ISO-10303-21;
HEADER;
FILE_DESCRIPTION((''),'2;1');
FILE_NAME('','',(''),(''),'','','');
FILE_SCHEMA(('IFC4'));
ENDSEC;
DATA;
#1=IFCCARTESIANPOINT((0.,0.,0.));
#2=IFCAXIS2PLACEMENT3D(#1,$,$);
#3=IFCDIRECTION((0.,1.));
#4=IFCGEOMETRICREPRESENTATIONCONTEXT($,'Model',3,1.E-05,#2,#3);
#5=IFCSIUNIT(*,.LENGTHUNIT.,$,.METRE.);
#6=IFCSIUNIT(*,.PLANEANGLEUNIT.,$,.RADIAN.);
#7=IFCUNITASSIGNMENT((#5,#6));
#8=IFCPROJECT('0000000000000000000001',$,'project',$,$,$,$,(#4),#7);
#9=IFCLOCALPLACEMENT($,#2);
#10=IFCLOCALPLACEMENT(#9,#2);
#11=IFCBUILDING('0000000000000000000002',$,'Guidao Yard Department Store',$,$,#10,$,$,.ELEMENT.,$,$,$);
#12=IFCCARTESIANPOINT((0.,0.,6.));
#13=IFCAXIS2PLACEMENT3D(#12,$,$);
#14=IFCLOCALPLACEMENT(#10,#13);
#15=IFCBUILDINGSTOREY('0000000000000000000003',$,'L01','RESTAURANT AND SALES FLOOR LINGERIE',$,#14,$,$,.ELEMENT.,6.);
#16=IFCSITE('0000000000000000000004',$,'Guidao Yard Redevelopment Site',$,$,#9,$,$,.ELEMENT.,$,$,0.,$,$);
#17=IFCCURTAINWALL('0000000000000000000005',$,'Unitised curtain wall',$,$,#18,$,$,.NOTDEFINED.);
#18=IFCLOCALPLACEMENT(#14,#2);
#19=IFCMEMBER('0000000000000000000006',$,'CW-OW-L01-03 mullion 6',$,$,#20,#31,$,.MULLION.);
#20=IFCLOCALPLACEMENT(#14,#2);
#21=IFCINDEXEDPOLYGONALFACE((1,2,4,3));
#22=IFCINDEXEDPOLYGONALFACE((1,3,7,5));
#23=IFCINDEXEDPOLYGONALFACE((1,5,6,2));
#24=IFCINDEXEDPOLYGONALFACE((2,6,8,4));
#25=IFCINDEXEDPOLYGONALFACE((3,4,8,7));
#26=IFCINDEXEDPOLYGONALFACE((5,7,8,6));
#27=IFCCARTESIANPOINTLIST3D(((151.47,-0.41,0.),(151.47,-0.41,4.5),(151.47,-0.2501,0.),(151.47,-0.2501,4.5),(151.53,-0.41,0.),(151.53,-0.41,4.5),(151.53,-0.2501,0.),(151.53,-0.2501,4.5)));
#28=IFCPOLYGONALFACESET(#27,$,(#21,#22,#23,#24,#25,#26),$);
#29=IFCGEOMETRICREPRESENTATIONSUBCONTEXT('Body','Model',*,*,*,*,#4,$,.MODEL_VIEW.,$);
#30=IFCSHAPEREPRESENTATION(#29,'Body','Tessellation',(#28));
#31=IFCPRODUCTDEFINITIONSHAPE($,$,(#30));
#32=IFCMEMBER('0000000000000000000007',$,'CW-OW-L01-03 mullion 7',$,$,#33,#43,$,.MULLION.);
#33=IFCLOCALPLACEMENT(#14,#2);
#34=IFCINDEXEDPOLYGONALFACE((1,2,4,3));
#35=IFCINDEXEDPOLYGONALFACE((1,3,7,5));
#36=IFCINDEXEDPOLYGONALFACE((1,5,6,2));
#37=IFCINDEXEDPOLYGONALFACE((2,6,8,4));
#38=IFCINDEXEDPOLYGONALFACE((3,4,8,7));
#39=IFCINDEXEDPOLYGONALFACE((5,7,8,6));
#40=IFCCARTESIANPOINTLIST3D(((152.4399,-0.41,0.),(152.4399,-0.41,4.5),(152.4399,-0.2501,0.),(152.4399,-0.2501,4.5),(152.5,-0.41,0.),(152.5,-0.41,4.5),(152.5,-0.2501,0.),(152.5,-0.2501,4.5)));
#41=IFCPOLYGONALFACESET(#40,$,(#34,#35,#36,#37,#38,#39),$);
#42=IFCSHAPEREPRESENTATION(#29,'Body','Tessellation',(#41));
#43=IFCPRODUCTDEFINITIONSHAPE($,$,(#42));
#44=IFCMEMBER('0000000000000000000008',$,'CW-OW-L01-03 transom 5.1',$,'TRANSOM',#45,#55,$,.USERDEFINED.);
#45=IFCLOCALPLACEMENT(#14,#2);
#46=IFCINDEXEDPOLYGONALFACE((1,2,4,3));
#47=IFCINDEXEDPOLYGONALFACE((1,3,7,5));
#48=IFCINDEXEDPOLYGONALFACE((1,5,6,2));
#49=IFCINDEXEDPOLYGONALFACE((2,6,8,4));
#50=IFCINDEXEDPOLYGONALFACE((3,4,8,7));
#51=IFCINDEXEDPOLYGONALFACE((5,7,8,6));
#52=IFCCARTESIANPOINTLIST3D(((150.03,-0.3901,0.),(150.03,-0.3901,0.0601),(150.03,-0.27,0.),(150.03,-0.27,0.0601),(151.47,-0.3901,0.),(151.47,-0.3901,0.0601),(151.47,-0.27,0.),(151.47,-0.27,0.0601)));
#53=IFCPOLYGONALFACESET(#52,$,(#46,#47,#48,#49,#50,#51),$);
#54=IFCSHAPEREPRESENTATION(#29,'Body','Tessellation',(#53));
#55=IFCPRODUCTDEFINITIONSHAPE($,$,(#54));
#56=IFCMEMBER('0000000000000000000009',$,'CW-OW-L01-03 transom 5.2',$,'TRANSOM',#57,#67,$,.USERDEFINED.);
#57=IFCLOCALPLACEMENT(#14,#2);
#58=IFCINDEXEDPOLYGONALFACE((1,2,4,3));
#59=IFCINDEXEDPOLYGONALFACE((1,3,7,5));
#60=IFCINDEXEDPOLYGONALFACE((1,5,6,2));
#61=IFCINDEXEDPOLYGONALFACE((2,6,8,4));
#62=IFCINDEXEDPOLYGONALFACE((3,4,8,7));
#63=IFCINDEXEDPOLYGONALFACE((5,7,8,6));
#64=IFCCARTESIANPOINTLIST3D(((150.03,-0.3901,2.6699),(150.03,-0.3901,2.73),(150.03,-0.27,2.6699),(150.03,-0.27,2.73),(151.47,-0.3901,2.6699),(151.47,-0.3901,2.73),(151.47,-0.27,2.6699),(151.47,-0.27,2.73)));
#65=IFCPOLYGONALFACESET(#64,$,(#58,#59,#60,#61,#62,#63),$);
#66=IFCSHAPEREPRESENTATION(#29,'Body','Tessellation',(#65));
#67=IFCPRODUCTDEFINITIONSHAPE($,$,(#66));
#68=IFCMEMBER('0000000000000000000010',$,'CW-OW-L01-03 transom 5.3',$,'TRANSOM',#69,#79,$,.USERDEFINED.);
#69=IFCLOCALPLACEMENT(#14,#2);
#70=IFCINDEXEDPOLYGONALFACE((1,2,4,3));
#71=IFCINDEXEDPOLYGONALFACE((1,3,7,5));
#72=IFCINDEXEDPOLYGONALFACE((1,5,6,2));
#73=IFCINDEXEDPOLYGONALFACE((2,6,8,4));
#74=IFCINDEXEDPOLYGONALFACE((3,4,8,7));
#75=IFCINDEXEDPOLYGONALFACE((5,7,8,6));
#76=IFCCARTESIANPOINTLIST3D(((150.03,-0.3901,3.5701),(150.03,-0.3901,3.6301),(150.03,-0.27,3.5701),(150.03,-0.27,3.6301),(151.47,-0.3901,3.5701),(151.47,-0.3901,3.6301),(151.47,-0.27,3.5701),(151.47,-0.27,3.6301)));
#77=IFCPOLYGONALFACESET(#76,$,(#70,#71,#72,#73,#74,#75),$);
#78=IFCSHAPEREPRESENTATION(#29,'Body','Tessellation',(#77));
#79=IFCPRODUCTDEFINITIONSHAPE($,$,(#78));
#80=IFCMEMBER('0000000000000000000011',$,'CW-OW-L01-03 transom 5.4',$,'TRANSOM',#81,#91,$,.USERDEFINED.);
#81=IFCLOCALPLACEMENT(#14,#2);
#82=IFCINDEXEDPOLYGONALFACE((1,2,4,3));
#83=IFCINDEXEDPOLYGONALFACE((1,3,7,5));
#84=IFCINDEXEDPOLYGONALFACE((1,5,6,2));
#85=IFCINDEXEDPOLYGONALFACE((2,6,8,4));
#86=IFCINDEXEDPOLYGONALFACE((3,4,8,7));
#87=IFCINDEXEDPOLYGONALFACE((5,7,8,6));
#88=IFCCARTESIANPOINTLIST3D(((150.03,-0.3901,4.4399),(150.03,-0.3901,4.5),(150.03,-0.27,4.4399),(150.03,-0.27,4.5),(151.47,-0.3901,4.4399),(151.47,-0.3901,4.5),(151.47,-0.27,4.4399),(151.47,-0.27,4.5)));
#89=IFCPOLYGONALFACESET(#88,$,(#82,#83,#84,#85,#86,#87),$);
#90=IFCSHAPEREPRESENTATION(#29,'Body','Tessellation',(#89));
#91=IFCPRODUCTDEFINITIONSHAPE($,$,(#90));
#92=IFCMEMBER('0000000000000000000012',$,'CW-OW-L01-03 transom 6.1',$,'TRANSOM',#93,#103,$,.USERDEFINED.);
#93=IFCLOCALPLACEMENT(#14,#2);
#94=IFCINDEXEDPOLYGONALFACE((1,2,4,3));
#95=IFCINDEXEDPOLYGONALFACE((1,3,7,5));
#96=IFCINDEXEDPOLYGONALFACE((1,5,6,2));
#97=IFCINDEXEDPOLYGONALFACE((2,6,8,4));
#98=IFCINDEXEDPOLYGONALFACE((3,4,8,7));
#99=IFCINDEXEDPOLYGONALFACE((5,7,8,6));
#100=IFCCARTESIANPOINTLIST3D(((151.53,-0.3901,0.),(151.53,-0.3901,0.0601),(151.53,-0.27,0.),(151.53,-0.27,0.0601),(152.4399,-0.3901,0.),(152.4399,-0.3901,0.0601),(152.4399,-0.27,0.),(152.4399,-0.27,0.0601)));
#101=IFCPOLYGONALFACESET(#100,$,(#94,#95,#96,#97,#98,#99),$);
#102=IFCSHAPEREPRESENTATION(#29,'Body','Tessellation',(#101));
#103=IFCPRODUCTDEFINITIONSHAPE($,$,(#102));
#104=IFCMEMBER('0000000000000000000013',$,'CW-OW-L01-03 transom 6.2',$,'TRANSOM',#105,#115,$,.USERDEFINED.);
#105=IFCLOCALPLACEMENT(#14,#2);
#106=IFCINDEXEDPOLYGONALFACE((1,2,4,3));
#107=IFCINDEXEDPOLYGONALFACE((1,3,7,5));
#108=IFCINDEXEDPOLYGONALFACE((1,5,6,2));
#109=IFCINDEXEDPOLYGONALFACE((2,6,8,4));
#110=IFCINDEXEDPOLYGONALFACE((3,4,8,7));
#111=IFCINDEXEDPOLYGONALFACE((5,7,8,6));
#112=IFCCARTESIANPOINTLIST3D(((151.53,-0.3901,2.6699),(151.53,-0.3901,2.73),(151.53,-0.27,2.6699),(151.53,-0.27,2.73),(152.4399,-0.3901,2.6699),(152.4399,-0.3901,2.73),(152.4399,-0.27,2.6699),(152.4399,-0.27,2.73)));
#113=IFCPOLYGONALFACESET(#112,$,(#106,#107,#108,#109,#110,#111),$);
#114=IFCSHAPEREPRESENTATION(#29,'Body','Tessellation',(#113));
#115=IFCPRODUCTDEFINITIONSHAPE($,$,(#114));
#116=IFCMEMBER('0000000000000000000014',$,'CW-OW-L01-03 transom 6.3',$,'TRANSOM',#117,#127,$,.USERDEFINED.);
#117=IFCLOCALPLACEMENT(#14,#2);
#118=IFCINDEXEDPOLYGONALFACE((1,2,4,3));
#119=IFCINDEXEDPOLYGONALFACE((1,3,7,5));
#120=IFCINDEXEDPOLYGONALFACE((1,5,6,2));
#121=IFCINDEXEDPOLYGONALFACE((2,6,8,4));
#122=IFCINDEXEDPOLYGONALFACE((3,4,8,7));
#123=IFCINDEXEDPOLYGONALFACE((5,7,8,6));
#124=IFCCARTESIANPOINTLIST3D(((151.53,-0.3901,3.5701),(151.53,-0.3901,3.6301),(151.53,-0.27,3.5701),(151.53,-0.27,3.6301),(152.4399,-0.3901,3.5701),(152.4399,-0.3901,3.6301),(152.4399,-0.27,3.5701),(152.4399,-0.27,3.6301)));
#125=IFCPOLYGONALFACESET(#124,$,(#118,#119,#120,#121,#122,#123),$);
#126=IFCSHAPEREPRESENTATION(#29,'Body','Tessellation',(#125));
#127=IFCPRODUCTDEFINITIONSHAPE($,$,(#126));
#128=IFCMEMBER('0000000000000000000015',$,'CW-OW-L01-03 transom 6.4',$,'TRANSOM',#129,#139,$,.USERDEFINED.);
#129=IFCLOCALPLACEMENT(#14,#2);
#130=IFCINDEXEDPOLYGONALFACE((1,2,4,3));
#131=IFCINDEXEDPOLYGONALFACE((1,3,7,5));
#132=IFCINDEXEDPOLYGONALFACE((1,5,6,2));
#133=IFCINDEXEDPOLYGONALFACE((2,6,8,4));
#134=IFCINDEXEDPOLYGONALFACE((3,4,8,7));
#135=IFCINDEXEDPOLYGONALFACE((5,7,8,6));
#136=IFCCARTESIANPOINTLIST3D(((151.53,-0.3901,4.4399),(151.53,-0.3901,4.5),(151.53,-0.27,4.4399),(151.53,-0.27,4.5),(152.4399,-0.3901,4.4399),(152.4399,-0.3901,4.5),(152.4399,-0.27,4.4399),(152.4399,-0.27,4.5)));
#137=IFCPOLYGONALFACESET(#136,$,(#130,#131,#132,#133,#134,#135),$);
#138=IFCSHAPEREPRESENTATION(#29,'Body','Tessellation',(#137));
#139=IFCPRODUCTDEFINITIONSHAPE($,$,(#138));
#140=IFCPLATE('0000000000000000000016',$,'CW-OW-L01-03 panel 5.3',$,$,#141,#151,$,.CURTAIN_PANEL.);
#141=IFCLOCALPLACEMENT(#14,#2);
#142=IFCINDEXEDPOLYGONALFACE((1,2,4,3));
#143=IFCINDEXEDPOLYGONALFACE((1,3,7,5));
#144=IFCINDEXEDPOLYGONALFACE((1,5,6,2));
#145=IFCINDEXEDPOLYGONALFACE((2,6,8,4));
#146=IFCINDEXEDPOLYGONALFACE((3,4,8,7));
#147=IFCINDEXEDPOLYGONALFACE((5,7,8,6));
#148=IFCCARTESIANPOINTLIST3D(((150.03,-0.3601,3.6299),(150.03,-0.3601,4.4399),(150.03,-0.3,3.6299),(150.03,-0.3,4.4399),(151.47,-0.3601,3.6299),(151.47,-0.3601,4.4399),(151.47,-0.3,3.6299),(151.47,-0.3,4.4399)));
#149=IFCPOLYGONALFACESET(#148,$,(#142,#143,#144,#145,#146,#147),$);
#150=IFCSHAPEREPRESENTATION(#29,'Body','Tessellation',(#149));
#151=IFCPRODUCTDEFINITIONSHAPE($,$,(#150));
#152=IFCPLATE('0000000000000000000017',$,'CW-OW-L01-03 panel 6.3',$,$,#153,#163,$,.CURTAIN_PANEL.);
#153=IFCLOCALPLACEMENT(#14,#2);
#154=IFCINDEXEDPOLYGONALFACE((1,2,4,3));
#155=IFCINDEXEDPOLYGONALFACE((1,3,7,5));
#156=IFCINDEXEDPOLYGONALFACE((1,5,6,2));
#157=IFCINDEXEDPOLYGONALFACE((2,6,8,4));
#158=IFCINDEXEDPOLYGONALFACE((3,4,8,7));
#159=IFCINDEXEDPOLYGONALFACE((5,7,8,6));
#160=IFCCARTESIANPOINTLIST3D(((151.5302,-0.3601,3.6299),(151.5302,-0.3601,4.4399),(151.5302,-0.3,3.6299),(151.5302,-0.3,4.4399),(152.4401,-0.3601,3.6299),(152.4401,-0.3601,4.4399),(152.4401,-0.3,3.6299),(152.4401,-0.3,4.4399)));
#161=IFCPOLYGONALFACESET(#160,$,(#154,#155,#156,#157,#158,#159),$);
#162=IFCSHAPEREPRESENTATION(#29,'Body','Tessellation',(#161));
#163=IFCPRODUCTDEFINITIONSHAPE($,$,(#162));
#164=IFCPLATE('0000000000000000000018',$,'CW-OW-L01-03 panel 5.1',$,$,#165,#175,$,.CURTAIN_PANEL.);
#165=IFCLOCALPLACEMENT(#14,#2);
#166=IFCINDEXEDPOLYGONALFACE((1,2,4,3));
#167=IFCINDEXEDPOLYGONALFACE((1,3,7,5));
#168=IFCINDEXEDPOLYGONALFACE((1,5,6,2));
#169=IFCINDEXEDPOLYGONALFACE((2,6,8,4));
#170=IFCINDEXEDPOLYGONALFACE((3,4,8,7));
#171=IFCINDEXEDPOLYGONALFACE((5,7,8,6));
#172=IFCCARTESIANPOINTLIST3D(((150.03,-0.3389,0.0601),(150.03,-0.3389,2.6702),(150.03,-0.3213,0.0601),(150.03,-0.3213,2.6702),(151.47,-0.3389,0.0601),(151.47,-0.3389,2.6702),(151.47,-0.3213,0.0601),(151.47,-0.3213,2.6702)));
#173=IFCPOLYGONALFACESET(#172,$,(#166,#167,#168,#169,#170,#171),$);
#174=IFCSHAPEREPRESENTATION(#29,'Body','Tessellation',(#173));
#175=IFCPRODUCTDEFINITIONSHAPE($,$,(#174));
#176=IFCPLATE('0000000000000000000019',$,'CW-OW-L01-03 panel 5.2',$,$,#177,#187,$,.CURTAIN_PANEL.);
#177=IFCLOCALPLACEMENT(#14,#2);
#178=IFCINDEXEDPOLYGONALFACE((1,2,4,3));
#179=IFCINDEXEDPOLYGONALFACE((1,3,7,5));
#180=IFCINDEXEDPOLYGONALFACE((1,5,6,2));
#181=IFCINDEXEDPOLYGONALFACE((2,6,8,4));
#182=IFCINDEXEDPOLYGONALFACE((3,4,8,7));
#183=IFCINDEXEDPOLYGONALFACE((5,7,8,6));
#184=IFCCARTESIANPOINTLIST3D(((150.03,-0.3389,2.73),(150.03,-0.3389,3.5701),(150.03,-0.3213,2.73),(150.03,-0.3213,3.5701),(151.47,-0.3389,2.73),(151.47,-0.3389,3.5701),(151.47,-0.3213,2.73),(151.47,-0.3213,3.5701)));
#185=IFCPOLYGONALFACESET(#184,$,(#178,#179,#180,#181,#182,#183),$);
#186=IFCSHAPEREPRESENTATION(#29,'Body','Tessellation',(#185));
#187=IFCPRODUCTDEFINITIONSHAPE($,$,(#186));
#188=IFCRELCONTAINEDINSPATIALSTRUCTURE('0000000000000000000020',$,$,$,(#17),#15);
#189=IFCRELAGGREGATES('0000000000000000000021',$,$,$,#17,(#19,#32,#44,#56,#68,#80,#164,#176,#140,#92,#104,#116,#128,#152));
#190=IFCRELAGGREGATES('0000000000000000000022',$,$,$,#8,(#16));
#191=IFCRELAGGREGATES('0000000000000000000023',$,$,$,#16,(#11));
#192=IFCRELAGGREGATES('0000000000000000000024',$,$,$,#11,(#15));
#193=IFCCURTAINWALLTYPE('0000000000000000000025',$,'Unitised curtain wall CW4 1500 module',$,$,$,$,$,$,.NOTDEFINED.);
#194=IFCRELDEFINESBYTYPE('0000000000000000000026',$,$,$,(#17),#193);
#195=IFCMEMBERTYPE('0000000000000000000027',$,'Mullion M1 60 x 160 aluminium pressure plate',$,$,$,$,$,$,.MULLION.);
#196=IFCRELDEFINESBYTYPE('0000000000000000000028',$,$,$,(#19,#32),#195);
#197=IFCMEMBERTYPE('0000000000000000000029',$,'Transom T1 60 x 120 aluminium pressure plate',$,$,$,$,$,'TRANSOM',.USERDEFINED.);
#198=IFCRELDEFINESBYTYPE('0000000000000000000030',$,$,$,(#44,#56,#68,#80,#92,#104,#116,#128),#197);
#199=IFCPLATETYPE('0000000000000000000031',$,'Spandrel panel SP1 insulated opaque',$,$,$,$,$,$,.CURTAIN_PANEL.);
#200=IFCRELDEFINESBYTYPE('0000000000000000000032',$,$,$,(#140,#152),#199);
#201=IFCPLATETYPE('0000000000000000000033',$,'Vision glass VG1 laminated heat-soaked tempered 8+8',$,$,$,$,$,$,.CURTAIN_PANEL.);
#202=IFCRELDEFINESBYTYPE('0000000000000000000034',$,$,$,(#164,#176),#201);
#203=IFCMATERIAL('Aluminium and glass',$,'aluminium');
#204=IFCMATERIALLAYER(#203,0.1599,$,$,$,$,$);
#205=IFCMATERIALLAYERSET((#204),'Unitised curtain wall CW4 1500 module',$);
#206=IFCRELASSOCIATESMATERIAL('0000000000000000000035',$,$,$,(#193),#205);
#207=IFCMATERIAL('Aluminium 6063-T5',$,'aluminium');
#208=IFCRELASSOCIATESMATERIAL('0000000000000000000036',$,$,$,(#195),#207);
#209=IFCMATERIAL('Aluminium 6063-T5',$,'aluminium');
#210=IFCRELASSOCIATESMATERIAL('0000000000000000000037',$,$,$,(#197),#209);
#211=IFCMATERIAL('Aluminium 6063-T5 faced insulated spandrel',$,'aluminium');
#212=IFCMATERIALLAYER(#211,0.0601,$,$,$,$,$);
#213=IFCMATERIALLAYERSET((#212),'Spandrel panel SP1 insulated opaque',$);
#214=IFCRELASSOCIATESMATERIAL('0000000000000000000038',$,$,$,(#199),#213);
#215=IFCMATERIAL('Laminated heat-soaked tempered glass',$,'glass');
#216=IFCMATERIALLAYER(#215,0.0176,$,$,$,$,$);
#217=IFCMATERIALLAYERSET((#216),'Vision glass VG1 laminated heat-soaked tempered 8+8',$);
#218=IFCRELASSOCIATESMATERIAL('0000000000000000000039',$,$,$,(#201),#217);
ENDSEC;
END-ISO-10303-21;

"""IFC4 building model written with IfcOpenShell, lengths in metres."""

from ifc_helpers import new_model, si_unit, direction, frame, origin, origin_2d, place, context, subcontext, project, spatial, rectangle, extrude, material, layer, layer_set, material_profile, profile_set, type_object, element, aggregate, save


model = new_model("IFC4")

# Units and contexts
model_context = context("Model", 3, precision=1e-05, world=origin(), true_north=direction((0.0, 1.0)))
body_context = subcontext(model_context, "Body", "Model", "MODEL_VIEW")
ifc_project = project(units=[si_unit("LENGTHUNIT", "METRE"), si_unit("PLANEANGLEUNIT", "RADIAN")], contexts=[model_context])

# Site, building, storey
site_placement = place(None, origin())
site = spatial("IfcSite", under=ifc_project, at=site_placement, Name="Guidao Yard Redevelopment Site", CompositionType="ELEMENT", RefElevation=0.0)
building_placement = place(site_placement, origin())
building = spatial("IfcBuilding", under=site, at=building_placement, Name="Guidao Yard Department Store", CompositionType="ELEMENT")
storey_placement = place(building_placement, frame((0.0, 0.0, 6.0)))
storey = spatial("IfcBuildingStorey", under=building, at=storey_placement, Name="L01", Description="RESTAURANT AND SALES FLOOR LINGERIE", CompositionType="ELEMENT", Elevation=6.0)

# Curtain wall, members, plates
ifc_material_1 = material(Name="Aluminium and glass", Category="aluminium")
ifc_layer_1 = layer(ifc_material_1, 0.1599)
ifc_layer_set_1 = layer_set([ifc_layer_1], Name="Unitised curtain wall CW4 1500 module")
curtain_wall_type = type_object("IfcCurtainWallType", Name="Unitised curtain wall CW4 1500 module", PredefinedType="NOTDEFINED", material=ifc_layer_set_1)
curtain_wall_placement = place(storey_placement, origin())
curtain_wall = element("IfcCurtainWall", 1, at=curtain_wall_placement, inside=storey, type_object=curtain_wall_type, Name="Unitised curtain wall", PredefinedType="NOTDEFINED")
ifc_material_2 = material(Name="Aluminium 6063-T5", Category="aluminium")
ifc_material_profile_1 = material_profile(ifc_material_2, rectangle(XDim=0.0601, YDim=0.1599, at=origin_2d()), Name="Mullion M1 60 x 160 aluminium pressure plate")
ifc_profile_set_1 = profile_set([ifc_material_profile_1], Name="Aluminium 6063-T5")
member_type_1 = type_object("IfcMemberType", Name="Mullion M1 60 x 160 aluminium pressure plate", PredefinedType="MULLION", material=ifc_profile_set_1)
member_1_placement = place(storey_placement, frame((151.5, -0.3301, 0.0), z_axis=(0.0, 0.0, 1.0), x_axis=(-1.0, 0.0, 0.0)))
member_1 = element("IfcMember", 2, at=member_1_placement, type_object=member_type_1, Name="CW-OW-L01-03 mullion 6", PredefinedType="MULLION", context=body_context, shape_type="SweptSolid", body=[
    extrude(rectangle(XDim=0.0601, YDim=0.1599, at=origin_2d()), origin(), (0.0, 0.0, 1.0), 4.5),
])
member_2_placement = place(storey_placement, frame((152.47, -0.3301, 0.0), z_axis=(0.0, 0.0, 1.0), x_axis=(-1.0, 0.0, 0.0)))
member_2 = element("IfcMember", 3, at=member_2_placement, type_object=member_type_1, Name="CW-OW-L01-03 mullion 7", PredefinedType="MULLION", context=body_context, shape_type="SweptSolid", body=[
    extrude(rectangle(XDim=0.0601, YDim=0.1599, at=origin_2d()), origin(), (0.0, 0.0, 1.0), 4.5),
])
ifc_material_3 = material(Name="Aluminium 6063-T5", Category="aluminium")
ifc_material_profile_2 = material_profile(ifc_material_3, rectangle(XDim=0.1201, YDim=0.0601, at=origin_2d()), Name="Transom T1 60 x 120 aluminium pressure plate")
ifc_profile_set_2 = profile_set([ifc_material_profile_2], Name="Aluminium 6063-T5")
member_type_2 = type_object("IfcMemberType", Name="Transom T1 60 x 120 aluminium pressure plate", ElementType="TRANSOM", PredefinedType="USERDEFINED", material=ifc_profile_set_2)
member_3_placement = place(storey_placement, frame((151.47, -0.3301, 0.03), z_axis=(-1.0, 0.0, 0.0), x_axis=(0.0, -1.0, 0.0)))
member_3 = element("IfcMember", 4, at=member_3_placement, type_object=member_type_2, Name="CW-OW-L01-03 transom 5.1", ObjectType="TRANSOM", PredefinedType="USERDEFINED", context=body_context, shape_type="SweptSolid", body=[
    extrude(rectangle(XDim=0.1201, YDim=0.0601, at=origin_2d()), origin(), (0.0, 0.0, 1.0), 1.4399),
])
member_4_placement = place(storey_placement, frame((151.47, -0.3301, 2.7), z_axis=(-1.0, 0.0, 0.0), x_axis=(0.0, -1.0, 0.0)))
member_4 = element("IfcMember", 5, at=member_4_placement, type_object=member_type_2, Name="CW-OW-L01-03 transom 5.2", ObjectType="TRANSOM", PredefinedType="USERDEFINED", context=body_context, shape_type="SweptSolid", body=[
    extrude(rectangle(XDim=0.1201, YDim=0.0601, at=origin_2d()), origin(), (0.0, 0.0, 1.0), 1.4399),
])
member_5_placement = place(storey_placement, frame((151.47, -0.3301, 3.6001), z_axis=(-1.0, 0.0, 0.0), x_axis=(0.0, -1.0, 0.0)))
member_5 = element("IfcMember", 6, at=member_5_placement, type_object=member_type_2, Name="CW-OW-L01-03 transom 5.3", ObjectType="TRANSOM", PredefinedType="USERDEFINED", context=body_context, shape_type="SweptSolid", body=[
    extrude(rectangle(XDim=0.1201, YDim=0.0601, at=origin_2d()), origin(), (0.0, 0.0, 1.0), 1.4399),
])
member_6_placement = place(storey_placement, frame((151.47, -0.3301, 4.47), z_axis=(-1.0, 0.0, 0.0), x_axis=(0.0, -1.0, 0.0)))
member_6 = element("IfcMember", 7, at=member_6_placement, type_object=member_type_2, Name="CW-OW-L01-03 transom 5.4", ObjectType="TRANSOM", PredefinedType="USERDEFINED", context=body_context, shape_type="SweptSolid", body=[
    extrude(rectangle(XDim=0.1201, YDim=0.0601, at=origin_2d()), origin(), (0.0, 0.0, 1.0), 1.4399),
])
member_7_placement = place(storey_placement, frame((152.4399, -0.3301, 0.03), z_axis=(-1.0, 0.0, 0.0), x_axis=(0.0, -1.0, 0.0)))
member_7 = element("IfcMember", 8, at=member_7_placement, type_object=member_type_2, Name="CW-OW-L01-03 transom 6.1", ObjectType="TRANSOM", PredefinedType="USERDEFINED", context=body_context, shape_type="SweptSolid", body=[
    extrude(rectangle(XDim=0.1201, YDim=0.0601, at=origin_2d()), origin(), (0.0, 0.0, 1.0), 0.9099),
])
member_8_placement = place(storey_placement, frame((152.4399, -0.3301, 2.7), z_axis=(-1.0, 0.0, 0.0), x_axis=(0.0, -1.0, 0.0)))
member_8 = element("IfcMember", 9, at=member_8_placement, type_object=member_type_2, Name="CW-OW-L01-03 transom 6.2", ObjectType="TRANSOM", PredefinedType="USERDEFINED", context=body_context, shape_type="SweptSolid", body=[
    extrude(rectangle(XDim=0.1201, YDim=0.0601, at=origin_2d()), origin(), (0.0, 0.0, 1.0), 0.9099),
])
member_9_placement = place(storey_placement, frame((152.4399, -0.3301, 3.6001), z_axis=(-1.0, 0.0, 0.0), x_axis=(0.0, -1.0, 0.0)))
member_9 = element("IfcMember", 10, at=member_9_placement, type_object=member_type_2, Name="CW-OW-L01-03 transom 6.3", ObjectType="TRANSOM", PredefinedType="USERDEFINED", context=body_context, shape_type="SweptSolid", body=[
    extrude(rectangle(XDim=0.1201, YDim=0.0601, at=origin_2d()), origin(), (0.0, 0.0, 1.0), 0.9099),
])
member_10_placement = place(storey_placement, frame((152.4399, -0.3301, 4.47), z_axis=(-1.0, 0.0, 0.0), x_axis=(0.0, -1.0, 0.0)))
member_10 = element("IfcMember", 11, at=member_10_placement, type_object=member_type_2, Name="CW-OW-L01-03 transom 6.4", ObjectType="TRANSOM", PredefinedType="USERDEFINED", context=body_context, shape_type="SweptSolid", body=[
    extrude(rectangle(XDim=0.1201, YDim=0.0601, at=origin_2d()), origin(), (0.0, 0.0, 1.0), 0.9099),
])
ifc_material_4 = material(Name="Aluminium 6063-T5 faced insulated spandrel", Category="aluminium")
ifc_layer_2 = layer(ifc_material_4, 0.0601)
ifc_layer_set_2 = layer_set([ifc_layer_2], Name="Spandrel panel SP1 insulated opaque")
plate_type_1 = type_object("IfcPlateType", Name="Spandrel panel SP1 insulated opaque", PredefinedType="CURTAIN_PANEL", material=ifc_layer_set_2)
plate_1_placement = place(storey_placement, frame((150.75, -0.3301, 3.6299), z_axis=(0.0, 0.0, 1.0), x_axis=(-1.0, 0.0, 0.0)))
plate_1 = element("IfcPlate", 12, at=plate_1_placement, type_object=plate_type_1, Name="CW-OW-L01-03 panel 5.3", PredefinedType="CURTAIN_PANEL", context=body_context, shape_type="SweptSolid", body=[
    extrude(rectangle(XDim=1.4399, YDim=0.0601, at=origin_2d()), origin(), (0.0, 0.0, 1.0), 0.8101),
])
plate_2_placement = place(storey_placement, frame((151.9851, -0.3301, 3.6299), z_axis=(0.0, 0.0, 1.0), x_axis=(-1.0, 0.0, 0.0)))
plate_2 = element("IfcPlate", 13, at=plate_2_placement, type_object=plate_type_1, Name="CW-OW-L01-03 panel 6.3", PredefinedType="CURTAIN_PANEL", context=body_context, shape_type="SweptSolid", body=[
    extrude(rectangle(XDim=0.9099, YDim=0.0601, at=origin_2d()), origin(), (0.0, 0.0, 1.0), 0.8101),
])
ifc_material_5 = material(Name="Laminated heat-soaked tempered glass", Category="glass")
ifc_layer_3 = layer(ifc_material_5, 0.0176)
ifc_layer_set_3 = layer_set([ifc_layer_3], Name="Vision glass VG1 laminated heat-soaked tempered 8+8")
plate_type_2 = type_object("IfcPlateType", Name="Vision glass VG1 laminated heat-soaked tempered 8+8", PredefinedType="CURTAIN_PANEL", material=ifc_layer_set_3)
plate_3_placement = place(storey_placement, frame((150.75, -0.3301, 0.0601), z_axis=(0.0, 0.0, 1.0), x_axis=(-1.0, 0.0, 0.0)))
plate_3 = element("IfcPlate", 14, at=plate_3_placement, type_object=plate_type_2, Name="CW-OW-L01-03 panel 5.1", PredefinedType="CURTAIN_PANEL", context=body_context, shape_type="SweptSolid", body=[
    extrude(rectangle(XDim=1.4399, YDim=0.0176, at=origin_2d()), origin(), (0.0, 0.0, 1.0), 2.6101),
])
plate_4_placement = place(storey_placement, frame((150.75, -0.3301, 2.73), z_axis=(0.0, 0.0, 1.0), x_axis=(-1.0, 0.0, 0.0)))
plate_4 = element("IfcPlate", 15, at=plate_4_placement, type_object=plate_type_2, Name="CW-OW-L01-03 panel 5.2", PredefinedType="CURTAIN_PANEL", context=body_context, shape_type="SweptSolid", body=[
    extrude(rectangle(XDim=1.4399, YDim=0.0176, at=origin_2d()), origin(), (0.0, 0.0, 1.0), 0.8401),
])
aggregate(curtain_wall, [member_1, member_2, member_3, member_4, member_5, member_6, plate_3, plate_4, plate_1, member_7, member_8, member_9, member_10, plate_2])

save(model, "model.ifc")
